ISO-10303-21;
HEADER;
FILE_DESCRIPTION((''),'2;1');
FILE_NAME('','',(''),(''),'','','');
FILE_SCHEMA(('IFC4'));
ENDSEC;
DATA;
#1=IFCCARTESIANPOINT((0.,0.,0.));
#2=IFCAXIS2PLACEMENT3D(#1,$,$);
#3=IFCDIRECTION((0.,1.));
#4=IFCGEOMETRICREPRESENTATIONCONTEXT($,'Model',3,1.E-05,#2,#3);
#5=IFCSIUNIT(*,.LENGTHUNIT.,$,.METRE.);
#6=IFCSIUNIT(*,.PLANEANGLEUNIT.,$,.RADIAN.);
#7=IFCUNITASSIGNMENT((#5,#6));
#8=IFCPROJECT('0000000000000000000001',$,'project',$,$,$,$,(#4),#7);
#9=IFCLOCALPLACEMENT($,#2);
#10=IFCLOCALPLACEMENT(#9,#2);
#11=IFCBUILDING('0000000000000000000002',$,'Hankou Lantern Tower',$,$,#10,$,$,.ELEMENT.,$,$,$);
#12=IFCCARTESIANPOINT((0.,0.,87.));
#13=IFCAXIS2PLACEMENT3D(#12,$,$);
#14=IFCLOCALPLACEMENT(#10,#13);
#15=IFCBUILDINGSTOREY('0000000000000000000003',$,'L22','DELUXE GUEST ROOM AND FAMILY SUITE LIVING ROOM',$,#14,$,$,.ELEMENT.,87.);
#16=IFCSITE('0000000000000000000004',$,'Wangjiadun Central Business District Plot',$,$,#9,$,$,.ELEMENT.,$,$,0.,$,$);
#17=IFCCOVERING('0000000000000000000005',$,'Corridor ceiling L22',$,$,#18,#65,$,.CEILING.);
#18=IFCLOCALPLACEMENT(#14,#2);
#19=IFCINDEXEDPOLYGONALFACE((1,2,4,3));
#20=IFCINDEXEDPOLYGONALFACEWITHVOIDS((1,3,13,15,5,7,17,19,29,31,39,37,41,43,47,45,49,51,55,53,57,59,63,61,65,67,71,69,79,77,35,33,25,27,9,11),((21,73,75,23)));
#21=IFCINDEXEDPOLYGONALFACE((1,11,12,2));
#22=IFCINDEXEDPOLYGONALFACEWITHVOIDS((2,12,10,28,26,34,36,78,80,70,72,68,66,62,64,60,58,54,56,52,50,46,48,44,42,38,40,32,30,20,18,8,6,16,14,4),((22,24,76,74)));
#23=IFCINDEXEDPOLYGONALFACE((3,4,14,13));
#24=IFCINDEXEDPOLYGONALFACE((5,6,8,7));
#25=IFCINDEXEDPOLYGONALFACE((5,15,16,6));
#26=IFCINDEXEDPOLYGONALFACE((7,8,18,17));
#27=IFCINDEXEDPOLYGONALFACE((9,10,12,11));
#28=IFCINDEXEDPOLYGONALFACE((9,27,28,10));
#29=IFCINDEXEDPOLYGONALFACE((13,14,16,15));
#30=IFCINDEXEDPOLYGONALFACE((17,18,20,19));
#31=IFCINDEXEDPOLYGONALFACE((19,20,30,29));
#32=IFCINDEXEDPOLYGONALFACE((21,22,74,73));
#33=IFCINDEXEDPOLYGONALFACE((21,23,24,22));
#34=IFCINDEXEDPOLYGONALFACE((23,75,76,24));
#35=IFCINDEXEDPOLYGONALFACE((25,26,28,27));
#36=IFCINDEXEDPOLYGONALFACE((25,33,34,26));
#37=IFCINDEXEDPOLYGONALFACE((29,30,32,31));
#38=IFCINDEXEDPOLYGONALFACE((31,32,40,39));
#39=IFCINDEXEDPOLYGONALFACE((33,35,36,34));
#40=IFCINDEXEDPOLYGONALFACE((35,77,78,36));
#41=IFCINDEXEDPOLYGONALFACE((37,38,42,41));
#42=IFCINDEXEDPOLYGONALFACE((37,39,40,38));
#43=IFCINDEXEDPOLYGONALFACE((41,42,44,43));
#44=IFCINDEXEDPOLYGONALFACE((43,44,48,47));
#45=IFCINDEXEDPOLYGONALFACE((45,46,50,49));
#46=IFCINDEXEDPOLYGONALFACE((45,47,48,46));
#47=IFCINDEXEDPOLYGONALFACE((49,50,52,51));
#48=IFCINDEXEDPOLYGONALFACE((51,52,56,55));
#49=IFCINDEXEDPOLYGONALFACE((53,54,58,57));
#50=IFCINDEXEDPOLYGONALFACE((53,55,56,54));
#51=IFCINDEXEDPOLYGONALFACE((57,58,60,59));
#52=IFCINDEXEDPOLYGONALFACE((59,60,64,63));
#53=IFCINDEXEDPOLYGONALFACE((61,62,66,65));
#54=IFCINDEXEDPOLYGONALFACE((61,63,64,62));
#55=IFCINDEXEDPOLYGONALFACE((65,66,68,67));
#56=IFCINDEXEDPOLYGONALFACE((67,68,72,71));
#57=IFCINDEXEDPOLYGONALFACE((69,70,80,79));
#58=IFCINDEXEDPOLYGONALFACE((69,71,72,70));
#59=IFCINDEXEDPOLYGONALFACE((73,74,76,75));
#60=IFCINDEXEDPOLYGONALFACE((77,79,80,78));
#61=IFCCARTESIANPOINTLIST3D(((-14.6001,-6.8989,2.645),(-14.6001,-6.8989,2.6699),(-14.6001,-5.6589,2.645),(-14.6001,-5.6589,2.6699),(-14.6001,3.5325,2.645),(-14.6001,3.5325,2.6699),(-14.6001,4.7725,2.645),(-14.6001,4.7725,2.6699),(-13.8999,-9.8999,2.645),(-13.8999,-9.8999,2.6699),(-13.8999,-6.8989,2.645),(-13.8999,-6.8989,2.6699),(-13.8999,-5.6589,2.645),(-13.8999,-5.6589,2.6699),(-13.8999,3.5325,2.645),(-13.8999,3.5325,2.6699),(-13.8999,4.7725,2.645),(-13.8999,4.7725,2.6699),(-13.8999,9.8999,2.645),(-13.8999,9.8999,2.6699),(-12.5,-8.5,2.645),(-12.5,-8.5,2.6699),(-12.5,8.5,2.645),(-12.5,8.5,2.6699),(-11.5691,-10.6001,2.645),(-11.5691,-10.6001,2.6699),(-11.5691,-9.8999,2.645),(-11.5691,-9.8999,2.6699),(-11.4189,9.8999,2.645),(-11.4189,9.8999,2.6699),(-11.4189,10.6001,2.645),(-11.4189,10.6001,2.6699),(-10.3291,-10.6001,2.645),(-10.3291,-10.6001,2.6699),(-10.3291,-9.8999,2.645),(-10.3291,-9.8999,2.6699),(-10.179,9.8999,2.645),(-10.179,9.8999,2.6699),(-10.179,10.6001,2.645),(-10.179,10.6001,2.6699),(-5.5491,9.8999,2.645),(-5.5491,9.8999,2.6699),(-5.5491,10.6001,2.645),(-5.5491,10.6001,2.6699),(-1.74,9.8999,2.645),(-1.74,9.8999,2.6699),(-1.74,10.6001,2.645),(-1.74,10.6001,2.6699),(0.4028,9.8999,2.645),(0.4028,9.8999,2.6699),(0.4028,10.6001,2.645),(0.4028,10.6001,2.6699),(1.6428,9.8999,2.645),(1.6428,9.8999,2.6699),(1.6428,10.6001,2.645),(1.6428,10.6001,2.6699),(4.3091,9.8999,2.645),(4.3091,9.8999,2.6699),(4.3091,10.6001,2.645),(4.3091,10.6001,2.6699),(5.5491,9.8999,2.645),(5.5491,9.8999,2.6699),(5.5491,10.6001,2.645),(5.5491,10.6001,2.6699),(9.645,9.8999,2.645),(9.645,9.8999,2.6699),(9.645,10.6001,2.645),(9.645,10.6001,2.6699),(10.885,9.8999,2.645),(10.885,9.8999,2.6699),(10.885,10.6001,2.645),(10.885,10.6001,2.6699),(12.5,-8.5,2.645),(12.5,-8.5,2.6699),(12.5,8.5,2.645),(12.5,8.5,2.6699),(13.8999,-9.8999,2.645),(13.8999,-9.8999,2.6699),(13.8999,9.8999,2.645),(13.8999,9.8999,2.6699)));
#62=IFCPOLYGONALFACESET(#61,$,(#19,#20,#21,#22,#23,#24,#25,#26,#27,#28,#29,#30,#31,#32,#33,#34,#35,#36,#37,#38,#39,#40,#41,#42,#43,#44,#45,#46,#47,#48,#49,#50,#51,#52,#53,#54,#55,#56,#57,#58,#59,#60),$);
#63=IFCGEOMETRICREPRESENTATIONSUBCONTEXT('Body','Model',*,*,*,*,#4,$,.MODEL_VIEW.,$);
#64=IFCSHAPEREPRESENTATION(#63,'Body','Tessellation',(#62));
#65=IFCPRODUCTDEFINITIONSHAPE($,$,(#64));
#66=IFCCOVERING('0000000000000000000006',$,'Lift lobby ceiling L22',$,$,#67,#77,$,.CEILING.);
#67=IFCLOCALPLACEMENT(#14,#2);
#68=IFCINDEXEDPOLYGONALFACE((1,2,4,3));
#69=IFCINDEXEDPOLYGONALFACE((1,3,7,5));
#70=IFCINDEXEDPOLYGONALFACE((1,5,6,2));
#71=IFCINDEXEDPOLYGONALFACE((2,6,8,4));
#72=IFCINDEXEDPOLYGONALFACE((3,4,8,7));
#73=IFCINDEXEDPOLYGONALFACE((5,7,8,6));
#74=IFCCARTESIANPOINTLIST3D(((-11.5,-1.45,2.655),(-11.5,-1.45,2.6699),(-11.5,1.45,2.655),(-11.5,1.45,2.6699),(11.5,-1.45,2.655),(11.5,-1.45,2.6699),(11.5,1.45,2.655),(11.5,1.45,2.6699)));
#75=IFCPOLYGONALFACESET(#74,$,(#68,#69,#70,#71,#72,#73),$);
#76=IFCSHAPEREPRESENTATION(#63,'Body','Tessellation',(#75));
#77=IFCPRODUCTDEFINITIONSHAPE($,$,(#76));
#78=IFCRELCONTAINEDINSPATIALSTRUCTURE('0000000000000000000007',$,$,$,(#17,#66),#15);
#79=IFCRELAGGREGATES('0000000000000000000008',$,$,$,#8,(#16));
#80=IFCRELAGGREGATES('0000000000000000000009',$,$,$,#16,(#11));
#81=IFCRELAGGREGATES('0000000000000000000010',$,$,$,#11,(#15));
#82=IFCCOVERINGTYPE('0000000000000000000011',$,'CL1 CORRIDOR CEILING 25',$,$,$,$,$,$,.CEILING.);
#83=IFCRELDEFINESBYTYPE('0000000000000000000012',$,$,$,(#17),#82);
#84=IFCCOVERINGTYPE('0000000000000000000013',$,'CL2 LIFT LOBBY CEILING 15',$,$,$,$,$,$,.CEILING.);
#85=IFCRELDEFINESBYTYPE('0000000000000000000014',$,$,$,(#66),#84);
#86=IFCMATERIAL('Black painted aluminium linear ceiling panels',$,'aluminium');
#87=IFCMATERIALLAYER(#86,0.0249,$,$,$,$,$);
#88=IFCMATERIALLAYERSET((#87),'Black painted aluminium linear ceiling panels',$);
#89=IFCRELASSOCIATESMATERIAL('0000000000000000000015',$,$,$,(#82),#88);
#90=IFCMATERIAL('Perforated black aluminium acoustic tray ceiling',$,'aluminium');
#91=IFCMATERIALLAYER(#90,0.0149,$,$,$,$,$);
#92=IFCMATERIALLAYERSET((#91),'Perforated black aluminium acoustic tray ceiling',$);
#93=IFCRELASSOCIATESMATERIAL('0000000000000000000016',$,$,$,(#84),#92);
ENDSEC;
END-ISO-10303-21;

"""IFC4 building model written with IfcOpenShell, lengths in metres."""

from ifc_helpers import new_model, si_unit, direction, frame, origin, place, context, subcontext, project, spatial, polyline, outline, extrude, material, layer, layer_set, type_object, element, save


model = new_model("IFC4")

# Units and contexts
model_context = context("Model", 3, precision=1e-05, world=origin(), true_north=direction((0.0, 1.0)))
body_context = subcontext(model_context, "Body", "Model", "MODEL_VIEW")
ifc_project = project(units=[si_unit("LENGTHUNIT", "METRE"), si_unit("PLANEANGLEUNIT", "RADIAN")], contexts=[model_context])

# Site, building, storey
site_placement = place(None, origin())
site = spatial("IfcSite", under=ifc_project, at=site_placement, Name="Wangjiadun Central Business District Plot", CompositionType="ELEMENT", RefElevation=0.0)
building_placement = place(site_placement, origin())
building = spatial("IfcBuilding", under=site, at=building_placement, Name="Hankou Lantern Tower", CompositionType="ELEMENT")
storey_placement = place(building_placement, frame((0.0, 0.0, 87.0)))
storey = spatial("IfcBuildingStorey", under=building, at=storey_placement, Name="L22", Description="DELUXE GUEST ROOM AND FAMILY SUITE LIVING ROOM", CompositionType="ELEMENT", Elevation=87.0)

# Coverings
ifc_material_1 = material(Name="Black painted aluminium linear ceiling panels", Category="aluminium")
ifc_layer_1 = layer(ifc_material_1, 0.0249)
ifc_layer_set_1 = layer_set([ifc_layer_1], Name="Black painted aluminium linear ceiling panels")
covering_type_1 = type_object("IfcCoveringType", Name="CL1 CORRIDOR CEILING 25", PredefinedType="CEILING", material=ifc_layer_set_1)
covering_1_placement = place(storey_placement, frame((0.0, 0.0, 2.645)))
element("IfcCovering", 1, at=covering_1_placement, inside=storey, type_object=covering_type_1, Name="Corridor ceiling L22", PredefinedType="CEILING", context=body_context, shape_type="SweptSolid", body=[
    extrude(outline(polyline([(-11.5691, -10.6001), (-10.3291, -10.6001), (-10.3291, -9.8999), (13.8999, -9.8999), (13.8999, 9.8999), (10.885, 9.8999), (10.885, 10.6001), (9.645, 10.6001), (9.645, 9.8999), (5.5491, 9.8999), (5.5491, 10.6001), (4.3091, 10.6001), (4.3091, 9.8999), (1.6428, 9.8999), (1.6428, 10.6001), (0.4028, 10.6001), (0.4028, 9.8999), (-1.74, 9.8999), (-1.74, 10.6001), (-5.5491, 10.6001), (-5.5491, 9.8999), (-10.179, 9.8999), (-10.179, 10.6001), (-11.4189, 10.6001), (-11.4189, 9.8999), (-13.8999, 9.8999), (-13.8999, 4.7725), (-14.6001, 4.7725), (-14.6001, 3.5325), (-13.8999, 3.5325), (-13.8999, -5.6589), (-14.6001, -5.6589), (-14.6001, -6.8989), (-13.8999, -6.8989), (-13.8999, -9.8999), (-11.5691, -9.8999), (-11.5691, -10.6001)]), holes=[polyline([(-12.5, 8.5), (12.5, 8.5), (12.5, -8.5), (-12.5, -8.5), (-12.5, 8.5)])]), origin(), (0.0, 0.0, 1.0), 0.0249),
])
ifc_material_2 = material(Name="Perforated black aluminium acoustic tray ceiling", Category="aluminium")
ifc_layer_2 = layer(ifc_material_2, 0.0149)
ifc_layer_set_2 = layer_set([ifc_layer_2], Name="Perforated black aluminium acoustic tray ceiling")
covering_type_2 = type_object("IfcCoveringType", Name="CL2 LIFT LOBBY CEILING 15", PredefinedType="CEILING", material=ifc_layer_set_2)
covering_2_placement = place(storey_placement, frame((0.0, 0.0, 2.655)))
element("IfcCovering", 2, at=covering_2_placement, inside=storey, type_object=covering_type_2, Name="Lift lobby ceiling L22", PredefinedType="CEILING", context=body_context, shape_type="SweptSolid", body=[
    extrude(outline(polyline([(-11.5, -1.45), (11.5, -1.45), (11.5, 1.45), (-11.5, 1.45), (-11.5, -1.45)])), origin(), (0.0, 0.0, 1.0), 0.0149),
])

save(model, "model.ifc")
